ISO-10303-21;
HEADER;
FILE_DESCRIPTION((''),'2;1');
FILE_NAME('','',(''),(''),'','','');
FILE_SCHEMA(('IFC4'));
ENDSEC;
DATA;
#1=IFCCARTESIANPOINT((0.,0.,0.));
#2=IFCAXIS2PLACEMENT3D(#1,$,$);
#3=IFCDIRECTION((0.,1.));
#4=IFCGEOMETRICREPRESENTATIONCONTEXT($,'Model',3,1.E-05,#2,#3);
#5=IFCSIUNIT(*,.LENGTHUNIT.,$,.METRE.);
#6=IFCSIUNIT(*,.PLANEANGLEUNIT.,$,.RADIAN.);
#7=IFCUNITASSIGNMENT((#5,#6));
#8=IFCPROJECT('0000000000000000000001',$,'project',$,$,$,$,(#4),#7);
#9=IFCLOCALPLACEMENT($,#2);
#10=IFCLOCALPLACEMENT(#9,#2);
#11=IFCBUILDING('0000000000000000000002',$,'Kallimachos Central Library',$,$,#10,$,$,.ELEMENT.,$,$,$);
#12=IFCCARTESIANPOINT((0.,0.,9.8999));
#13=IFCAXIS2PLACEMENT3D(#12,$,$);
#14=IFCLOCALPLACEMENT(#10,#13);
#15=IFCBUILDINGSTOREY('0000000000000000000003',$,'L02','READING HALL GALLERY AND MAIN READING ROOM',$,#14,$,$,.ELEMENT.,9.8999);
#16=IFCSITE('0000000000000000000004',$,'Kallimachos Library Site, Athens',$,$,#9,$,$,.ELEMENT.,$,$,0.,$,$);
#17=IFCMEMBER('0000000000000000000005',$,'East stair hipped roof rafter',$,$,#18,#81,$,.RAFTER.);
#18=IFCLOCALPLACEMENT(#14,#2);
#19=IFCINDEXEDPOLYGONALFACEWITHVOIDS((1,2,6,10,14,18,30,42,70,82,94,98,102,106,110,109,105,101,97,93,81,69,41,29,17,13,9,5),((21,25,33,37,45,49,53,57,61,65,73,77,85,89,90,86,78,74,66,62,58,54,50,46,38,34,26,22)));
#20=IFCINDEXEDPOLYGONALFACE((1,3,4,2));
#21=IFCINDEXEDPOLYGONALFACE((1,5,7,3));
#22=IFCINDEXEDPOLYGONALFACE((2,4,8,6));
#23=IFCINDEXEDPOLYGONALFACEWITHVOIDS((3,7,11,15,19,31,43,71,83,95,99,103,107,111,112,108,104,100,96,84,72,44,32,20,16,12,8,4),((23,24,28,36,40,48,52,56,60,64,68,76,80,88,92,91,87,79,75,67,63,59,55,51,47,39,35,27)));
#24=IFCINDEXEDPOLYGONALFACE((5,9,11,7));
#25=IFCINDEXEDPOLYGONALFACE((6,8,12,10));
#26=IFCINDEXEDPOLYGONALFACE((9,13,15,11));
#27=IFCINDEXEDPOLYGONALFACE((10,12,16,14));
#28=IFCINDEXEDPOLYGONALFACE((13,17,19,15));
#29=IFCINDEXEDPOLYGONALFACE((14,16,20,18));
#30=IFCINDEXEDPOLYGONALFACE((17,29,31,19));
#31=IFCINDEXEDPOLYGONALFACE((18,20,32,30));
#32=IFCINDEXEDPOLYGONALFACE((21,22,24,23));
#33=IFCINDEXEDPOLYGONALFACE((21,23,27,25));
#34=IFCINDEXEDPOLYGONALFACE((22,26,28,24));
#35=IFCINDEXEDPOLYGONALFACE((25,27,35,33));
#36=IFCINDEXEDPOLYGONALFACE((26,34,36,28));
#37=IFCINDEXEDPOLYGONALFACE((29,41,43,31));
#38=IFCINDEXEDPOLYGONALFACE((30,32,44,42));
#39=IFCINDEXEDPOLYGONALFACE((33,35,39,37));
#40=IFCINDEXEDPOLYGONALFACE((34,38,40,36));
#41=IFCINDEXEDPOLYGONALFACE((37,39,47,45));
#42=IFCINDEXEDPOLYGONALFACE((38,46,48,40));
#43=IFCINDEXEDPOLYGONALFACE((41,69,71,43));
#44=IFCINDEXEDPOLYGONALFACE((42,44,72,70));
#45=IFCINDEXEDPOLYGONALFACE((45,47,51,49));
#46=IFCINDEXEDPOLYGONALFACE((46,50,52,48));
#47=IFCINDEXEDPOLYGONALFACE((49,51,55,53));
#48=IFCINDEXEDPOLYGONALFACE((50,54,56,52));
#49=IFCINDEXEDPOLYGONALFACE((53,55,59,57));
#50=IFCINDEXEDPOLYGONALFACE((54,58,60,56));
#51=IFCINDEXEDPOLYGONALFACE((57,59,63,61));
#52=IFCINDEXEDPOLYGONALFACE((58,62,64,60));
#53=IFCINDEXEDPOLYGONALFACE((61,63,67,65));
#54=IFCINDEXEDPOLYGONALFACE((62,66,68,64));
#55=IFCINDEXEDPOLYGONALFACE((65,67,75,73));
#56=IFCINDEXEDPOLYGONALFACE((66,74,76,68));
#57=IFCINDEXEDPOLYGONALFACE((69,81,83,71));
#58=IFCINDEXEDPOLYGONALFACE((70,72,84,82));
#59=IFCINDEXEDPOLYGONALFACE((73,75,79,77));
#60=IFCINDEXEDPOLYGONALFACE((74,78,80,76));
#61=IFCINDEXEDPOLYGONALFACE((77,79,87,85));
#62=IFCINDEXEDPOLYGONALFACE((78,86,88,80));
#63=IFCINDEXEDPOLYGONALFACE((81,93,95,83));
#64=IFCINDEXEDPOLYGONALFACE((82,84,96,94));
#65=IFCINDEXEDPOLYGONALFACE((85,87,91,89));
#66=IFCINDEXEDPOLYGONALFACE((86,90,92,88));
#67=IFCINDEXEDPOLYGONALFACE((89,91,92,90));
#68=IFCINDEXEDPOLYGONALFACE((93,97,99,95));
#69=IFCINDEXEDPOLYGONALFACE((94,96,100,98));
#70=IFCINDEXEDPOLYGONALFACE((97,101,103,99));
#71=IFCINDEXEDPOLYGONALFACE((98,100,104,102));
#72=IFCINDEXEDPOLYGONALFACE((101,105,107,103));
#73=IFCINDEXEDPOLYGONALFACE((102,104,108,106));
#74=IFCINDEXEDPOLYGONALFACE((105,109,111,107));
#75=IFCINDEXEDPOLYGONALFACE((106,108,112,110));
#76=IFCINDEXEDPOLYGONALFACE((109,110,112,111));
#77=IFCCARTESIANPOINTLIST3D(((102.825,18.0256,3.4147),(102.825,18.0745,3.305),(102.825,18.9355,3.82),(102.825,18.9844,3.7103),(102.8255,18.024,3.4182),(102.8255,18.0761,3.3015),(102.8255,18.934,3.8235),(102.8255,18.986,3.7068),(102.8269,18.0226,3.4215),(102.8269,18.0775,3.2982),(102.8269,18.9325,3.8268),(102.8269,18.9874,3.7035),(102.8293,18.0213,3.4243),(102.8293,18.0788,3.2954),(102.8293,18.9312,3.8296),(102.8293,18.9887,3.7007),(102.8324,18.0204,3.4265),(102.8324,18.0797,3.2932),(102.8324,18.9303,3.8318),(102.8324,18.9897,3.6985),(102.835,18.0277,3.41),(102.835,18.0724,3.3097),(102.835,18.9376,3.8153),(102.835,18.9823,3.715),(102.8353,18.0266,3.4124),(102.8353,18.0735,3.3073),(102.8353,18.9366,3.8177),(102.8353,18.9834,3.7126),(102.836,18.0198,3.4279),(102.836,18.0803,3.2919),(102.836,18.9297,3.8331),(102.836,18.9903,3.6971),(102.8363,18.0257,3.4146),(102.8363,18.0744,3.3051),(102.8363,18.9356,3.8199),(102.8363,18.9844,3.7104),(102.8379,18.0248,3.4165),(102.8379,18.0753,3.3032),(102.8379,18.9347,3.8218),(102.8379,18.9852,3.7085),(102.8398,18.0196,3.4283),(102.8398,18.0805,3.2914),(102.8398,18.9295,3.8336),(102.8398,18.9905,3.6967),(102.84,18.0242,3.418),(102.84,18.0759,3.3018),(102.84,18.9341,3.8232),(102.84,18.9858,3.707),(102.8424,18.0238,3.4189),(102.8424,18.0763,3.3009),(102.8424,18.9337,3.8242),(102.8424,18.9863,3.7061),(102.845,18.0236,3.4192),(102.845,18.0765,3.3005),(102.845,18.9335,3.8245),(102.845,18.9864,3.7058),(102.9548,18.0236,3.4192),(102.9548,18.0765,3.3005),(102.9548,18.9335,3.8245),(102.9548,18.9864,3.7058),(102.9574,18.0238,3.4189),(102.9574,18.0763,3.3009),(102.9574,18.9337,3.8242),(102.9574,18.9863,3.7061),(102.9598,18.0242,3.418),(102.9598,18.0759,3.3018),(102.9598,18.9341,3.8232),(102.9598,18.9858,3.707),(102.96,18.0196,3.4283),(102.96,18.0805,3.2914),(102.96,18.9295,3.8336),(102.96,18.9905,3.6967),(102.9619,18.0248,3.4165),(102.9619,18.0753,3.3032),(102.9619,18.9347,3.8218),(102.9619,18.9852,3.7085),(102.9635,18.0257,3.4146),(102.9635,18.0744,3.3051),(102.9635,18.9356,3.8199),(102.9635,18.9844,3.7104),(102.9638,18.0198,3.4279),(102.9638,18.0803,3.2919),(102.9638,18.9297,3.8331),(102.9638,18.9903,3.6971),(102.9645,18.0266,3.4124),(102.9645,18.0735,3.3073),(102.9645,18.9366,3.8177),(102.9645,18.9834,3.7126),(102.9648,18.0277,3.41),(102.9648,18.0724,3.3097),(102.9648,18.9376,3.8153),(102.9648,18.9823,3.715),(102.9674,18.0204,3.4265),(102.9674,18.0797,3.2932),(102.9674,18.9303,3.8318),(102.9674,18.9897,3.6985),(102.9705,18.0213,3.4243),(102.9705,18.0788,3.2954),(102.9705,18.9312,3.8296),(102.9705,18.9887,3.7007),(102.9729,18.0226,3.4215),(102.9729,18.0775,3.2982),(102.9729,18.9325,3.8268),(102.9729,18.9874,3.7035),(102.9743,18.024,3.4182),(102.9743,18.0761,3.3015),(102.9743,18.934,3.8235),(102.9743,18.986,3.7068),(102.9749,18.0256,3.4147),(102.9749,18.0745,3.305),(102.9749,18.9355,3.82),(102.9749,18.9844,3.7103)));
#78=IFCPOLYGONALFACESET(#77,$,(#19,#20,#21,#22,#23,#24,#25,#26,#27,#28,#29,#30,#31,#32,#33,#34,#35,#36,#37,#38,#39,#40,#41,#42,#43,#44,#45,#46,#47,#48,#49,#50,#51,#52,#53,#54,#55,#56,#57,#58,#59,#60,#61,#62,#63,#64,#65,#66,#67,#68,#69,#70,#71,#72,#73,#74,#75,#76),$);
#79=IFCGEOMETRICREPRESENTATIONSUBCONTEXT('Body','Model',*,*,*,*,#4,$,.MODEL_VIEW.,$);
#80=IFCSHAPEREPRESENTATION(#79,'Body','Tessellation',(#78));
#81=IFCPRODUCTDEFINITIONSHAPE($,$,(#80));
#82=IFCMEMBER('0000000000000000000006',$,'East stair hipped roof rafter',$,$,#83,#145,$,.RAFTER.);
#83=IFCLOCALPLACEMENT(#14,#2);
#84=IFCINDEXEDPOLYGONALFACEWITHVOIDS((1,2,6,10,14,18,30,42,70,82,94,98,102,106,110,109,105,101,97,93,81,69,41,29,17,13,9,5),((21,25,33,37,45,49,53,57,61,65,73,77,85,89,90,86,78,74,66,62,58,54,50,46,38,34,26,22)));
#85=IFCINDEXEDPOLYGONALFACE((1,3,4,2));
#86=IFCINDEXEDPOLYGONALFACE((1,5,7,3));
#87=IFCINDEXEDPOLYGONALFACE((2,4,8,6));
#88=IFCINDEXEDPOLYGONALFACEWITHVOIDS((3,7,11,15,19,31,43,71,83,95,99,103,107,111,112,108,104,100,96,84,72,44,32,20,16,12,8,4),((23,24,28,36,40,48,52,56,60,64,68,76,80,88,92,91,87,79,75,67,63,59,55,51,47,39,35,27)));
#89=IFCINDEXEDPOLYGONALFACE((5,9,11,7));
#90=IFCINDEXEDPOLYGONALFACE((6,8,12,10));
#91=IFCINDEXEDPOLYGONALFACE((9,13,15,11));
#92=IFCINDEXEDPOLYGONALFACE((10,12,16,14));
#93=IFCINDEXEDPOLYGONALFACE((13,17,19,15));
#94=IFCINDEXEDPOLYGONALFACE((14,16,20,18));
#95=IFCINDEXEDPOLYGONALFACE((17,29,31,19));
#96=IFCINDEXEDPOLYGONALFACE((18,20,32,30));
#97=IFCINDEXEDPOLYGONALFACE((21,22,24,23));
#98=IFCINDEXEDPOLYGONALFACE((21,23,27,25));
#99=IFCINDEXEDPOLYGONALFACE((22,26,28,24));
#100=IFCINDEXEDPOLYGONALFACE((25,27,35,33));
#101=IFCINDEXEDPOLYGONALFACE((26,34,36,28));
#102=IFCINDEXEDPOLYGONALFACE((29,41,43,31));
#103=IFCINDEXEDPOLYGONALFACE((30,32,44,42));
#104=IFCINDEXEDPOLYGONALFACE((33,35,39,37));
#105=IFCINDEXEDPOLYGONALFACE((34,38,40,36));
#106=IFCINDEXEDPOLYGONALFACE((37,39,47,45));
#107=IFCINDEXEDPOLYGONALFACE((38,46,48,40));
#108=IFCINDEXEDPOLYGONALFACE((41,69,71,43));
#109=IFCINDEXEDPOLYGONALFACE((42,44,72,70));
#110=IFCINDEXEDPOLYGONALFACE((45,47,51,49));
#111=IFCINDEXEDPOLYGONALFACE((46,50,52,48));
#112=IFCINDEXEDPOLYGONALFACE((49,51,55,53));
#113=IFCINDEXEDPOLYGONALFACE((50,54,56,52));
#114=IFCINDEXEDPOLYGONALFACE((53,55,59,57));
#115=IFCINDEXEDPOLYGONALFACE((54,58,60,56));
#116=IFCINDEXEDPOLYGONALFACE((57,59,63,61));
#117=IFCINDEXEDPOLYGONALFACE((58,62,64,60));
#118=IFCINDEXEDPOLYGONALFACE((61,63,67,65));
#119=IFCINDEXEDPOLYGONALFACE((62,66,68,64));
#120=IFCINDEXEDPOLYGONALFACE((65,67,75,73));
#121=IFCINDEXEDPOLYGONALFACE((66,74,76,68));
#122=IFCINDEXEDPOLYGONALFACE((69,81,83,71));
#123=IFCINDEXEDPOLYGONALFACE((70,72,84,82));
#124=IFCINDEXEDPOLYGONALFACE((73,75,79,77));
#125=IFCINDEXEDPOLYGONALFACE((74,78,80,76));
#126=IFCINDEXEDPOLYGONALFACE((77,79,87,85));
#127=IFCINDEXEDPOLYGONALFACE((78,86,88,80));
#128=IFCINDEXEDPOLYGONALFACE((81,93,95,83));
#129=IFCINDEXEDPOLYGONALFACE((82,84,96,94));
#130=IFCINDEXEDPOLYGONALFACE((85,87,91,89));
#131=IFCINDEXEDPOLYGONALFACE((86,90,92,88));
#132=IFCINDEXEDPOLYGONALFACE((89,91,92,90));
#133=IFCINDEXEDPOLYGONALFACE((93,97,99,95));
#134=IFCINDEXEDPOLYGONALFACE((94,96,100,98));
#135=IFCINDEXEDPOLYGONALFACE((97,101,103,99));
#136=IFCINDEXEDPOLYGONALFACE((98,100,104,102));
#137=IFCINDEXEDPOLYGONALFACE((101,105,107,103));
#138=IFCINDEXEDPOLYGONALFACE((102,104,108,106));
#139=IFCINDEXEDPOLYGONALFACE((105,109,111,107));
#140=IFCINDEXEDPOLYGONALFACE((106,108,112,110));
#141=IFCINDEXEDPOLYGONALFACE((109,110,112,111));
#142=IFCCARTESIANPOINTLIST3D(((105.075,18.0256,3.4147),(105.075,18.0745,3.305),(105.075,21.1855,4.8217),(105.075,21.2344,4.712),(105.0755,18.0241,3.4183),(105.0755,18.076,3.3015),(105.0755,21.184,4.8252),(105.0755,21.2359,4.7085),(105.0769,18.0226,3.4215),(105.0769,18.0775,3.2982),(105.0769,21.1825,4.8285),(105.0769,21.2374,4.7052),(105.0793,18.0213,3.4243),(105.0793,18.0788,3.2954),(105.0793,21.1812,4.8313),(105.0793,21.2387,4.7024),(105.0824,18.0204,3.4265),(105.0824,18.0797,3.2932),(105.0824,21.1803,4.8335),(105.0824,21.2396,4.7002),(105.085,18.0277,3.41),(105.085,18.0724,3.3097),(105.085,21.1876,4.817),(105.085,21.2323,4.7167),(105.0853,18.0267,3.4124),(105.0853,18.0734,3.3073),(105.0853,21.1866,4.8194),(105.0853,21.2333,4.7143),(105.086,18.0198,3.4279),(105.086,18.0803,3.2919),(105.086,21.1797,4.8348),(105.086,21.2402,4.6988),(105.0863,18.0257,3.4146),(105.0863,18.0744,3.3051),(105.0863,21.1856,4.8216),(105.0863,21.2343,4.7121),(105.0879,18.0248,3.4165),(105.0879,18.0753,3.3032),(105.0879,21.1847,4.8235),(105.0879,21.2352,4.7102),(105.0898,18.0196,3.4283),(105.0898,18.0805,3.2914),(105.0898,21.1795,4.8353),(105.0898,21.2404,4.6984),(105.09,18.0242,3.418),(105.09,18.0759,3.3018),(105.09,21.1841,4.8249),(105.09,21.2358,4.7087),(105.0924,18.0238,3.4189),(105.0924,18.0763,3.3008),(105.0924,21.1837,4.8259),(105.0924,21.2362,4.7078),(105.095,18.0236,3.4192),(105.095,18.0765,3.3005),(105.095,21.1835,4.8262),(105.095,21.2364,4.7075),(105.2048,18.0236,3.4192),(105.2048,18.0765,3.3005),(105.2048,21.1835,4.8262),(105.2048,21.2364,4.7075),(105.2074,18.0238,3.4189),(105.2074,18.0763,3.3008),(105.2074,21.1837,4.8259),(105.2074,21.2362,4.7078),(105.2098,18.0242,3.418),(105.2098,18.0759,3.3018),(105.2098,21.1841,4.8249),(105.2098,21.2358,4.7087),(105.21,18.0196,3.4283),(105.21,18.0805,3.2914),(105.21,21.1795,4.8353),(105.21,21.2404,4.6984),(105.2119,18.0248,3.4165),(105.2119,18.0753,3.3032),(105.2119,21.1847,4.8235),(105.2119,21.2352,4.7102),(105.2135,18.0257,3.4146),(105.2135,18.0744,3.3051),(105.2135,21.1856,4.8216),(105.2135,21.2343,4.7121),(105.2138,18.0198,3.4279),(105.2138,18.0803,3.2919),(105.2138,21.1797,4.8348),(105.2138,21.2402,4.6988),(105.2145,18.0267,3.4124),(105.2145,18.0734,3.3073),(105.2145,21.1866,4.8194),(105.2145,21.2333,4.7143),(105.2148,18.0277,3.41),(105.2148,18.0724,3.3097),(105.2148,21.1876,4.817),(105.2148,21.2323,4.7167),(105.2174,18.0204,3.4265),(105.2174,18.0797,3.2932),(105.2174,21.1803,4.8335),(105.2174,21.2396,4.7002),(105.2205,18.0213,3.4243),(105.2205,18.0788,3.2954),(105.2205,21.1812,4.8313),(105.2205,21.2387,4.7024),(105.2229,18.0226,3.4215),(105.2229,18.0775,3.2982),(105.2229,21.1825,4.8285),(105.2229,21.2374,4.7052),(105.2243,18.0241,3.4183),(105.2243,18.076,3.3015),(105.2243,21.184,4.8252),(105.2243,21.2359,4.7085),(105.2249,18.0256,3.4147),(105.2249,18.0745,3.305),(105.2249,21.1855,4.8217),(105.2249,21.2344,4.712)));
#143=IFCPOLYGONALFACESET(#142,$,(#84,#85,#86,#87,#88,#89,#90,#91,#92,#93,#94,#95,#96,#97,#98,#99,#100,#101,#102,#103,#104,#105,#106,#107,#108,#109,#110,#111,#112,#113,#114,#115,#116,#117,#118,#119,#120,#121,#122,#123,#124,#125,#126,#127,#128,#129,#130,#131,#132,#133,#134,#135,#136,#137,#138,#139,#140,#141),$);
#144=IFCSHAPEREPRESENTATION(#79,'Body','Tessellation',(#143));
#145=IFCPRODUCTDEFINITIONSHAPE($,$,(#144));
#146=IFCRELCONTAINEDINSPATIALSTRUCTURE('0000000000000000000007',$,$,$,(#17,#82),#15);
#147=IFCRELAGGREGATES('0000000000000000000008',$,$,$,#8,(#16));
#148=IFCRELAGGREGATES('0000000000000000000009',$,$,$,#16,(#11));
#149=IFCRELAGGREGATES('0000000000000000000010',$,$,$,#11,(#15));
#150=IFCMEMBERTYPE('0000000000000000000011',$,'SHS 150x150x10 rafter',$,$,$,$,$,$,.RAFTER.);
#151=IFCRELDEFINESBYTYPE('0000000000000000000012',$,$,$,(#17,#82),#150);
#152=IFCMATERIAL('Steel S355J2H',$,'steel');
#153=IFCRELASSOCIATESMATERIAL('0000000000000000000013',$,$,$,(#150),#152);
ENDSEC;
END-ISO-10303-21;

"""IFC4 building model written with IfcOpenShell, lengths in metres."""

from ifc_helpers import new_model, si_unit, direction, frame, origin, origin_2d, place, context, subcontext, project, spatial, hollow_rectangle, extrude, material, material_profile, profile_set, type_object, element, save


model = new_model("IFC4")

# Units and contexts
model_context = context("Model", 3, precision=1e-05, world=origin(), true_north=direction((0.0, 1.0)))
body_context = subcontext(model_context, "Body", "Model", "MODEL_VIEW")
ifc_project = project(units=[si_unit("LENGTHUNIT", "METRE"), si_unit("PLANEANGLEUNIT", "RADIAN")], contexts=[model_context])

# Site, building, storey
site_placement = place(None, origin())
site = spatial("IfcSite", under=ifc_project, at=site_placement, Name="Kallimachos Library Site, Athens", CompositionType="ELEMENT", RefElevation=0.0)
building_placement = place(site_placement, origin())
building = spatial("IfcBuilding", under=site, at=building_placement, Name="Kallimachos Central Library", CompositionType="ELEMENT")
storey_placement = place(building_placement, frame((0.0, 0.0, 9.8999)))
storey = spatial("IfcBuildingStorey", under=building, at=storey_placement, Name="L02", Description="READING HALL GALLERY AND MAIN READING ROOM", CompositionType="ELEMENT", Elevation=9.8999)

# Members
ifc_material_1 = material(Name="Steel S355J2H", Category="steel")
ifc_material_profile_1 = material_profile(ifc_material_1, hollow_rectangle(XDim=0.1499, YDim=0.1499, WallThickness=0.01, InnerFilletRadius=0.01, OuterFilletRadius=0.0149, at=origin_2d()), Name="SHS 150x150x10")
ifc_profile_set_1 = profile_set([ifc_material_profile_1], Name="Steel S355J2H")
member_type_1 = type_object("IfcMemberType", Name="SHS 150x150x10 rafter", PredefinedType="RAFTER", material=ifc_profile_set_1)
member_1_placement = place(storey_placement, frame((102.8999, 18.05, 3.3599), z_axis=(0.0, 0.913488, 0.406866), x_axis=(-1.0, 0.0, 0.0)))
element("IfcMember", 1, at=member_1_placement, inside=storey, type_object=member_type_1, Name="East stair hipped roof rafter", PredefinedType="RAFTER", context=body_context, shape_type="SweptSolid", body=[
    extrude(hollow_rectangle(XDim=0.1499, YDim=0.1499, WallThickness=0.01, InnerFilletRadius=0.01, OuterFilletRadius=0.0149, at=origin_2d()), origin(), (0.0, 0.0, 1.0), 0.9961),
])
member_2_placement = place(storey_placement, frame((105.1499, 18.05, 3.3599), z_axis=(0.0, 0.913535, 0.406761), x_axis=(-1.0, 0.0, 0.0)))
element("IfcMember", 2, at=member_2_placement, inside=storey, type_object=member_type_1, Name="East stair hipped roof rafter", PredefinedType="RAFTER", context=body_context, shape_type="SweptSolid", body=[
    extrude(hollow_rectangle(XDim=0.1499, YDim=0.1499, WallThickness=0.01, InnerFilletRadius=0.01, OuterFilletRadius=0.0149, at=origin_2d()), origin(), (0.0, 0.0, 1.0), 3.459),
])

save(model, "model.ifc")
